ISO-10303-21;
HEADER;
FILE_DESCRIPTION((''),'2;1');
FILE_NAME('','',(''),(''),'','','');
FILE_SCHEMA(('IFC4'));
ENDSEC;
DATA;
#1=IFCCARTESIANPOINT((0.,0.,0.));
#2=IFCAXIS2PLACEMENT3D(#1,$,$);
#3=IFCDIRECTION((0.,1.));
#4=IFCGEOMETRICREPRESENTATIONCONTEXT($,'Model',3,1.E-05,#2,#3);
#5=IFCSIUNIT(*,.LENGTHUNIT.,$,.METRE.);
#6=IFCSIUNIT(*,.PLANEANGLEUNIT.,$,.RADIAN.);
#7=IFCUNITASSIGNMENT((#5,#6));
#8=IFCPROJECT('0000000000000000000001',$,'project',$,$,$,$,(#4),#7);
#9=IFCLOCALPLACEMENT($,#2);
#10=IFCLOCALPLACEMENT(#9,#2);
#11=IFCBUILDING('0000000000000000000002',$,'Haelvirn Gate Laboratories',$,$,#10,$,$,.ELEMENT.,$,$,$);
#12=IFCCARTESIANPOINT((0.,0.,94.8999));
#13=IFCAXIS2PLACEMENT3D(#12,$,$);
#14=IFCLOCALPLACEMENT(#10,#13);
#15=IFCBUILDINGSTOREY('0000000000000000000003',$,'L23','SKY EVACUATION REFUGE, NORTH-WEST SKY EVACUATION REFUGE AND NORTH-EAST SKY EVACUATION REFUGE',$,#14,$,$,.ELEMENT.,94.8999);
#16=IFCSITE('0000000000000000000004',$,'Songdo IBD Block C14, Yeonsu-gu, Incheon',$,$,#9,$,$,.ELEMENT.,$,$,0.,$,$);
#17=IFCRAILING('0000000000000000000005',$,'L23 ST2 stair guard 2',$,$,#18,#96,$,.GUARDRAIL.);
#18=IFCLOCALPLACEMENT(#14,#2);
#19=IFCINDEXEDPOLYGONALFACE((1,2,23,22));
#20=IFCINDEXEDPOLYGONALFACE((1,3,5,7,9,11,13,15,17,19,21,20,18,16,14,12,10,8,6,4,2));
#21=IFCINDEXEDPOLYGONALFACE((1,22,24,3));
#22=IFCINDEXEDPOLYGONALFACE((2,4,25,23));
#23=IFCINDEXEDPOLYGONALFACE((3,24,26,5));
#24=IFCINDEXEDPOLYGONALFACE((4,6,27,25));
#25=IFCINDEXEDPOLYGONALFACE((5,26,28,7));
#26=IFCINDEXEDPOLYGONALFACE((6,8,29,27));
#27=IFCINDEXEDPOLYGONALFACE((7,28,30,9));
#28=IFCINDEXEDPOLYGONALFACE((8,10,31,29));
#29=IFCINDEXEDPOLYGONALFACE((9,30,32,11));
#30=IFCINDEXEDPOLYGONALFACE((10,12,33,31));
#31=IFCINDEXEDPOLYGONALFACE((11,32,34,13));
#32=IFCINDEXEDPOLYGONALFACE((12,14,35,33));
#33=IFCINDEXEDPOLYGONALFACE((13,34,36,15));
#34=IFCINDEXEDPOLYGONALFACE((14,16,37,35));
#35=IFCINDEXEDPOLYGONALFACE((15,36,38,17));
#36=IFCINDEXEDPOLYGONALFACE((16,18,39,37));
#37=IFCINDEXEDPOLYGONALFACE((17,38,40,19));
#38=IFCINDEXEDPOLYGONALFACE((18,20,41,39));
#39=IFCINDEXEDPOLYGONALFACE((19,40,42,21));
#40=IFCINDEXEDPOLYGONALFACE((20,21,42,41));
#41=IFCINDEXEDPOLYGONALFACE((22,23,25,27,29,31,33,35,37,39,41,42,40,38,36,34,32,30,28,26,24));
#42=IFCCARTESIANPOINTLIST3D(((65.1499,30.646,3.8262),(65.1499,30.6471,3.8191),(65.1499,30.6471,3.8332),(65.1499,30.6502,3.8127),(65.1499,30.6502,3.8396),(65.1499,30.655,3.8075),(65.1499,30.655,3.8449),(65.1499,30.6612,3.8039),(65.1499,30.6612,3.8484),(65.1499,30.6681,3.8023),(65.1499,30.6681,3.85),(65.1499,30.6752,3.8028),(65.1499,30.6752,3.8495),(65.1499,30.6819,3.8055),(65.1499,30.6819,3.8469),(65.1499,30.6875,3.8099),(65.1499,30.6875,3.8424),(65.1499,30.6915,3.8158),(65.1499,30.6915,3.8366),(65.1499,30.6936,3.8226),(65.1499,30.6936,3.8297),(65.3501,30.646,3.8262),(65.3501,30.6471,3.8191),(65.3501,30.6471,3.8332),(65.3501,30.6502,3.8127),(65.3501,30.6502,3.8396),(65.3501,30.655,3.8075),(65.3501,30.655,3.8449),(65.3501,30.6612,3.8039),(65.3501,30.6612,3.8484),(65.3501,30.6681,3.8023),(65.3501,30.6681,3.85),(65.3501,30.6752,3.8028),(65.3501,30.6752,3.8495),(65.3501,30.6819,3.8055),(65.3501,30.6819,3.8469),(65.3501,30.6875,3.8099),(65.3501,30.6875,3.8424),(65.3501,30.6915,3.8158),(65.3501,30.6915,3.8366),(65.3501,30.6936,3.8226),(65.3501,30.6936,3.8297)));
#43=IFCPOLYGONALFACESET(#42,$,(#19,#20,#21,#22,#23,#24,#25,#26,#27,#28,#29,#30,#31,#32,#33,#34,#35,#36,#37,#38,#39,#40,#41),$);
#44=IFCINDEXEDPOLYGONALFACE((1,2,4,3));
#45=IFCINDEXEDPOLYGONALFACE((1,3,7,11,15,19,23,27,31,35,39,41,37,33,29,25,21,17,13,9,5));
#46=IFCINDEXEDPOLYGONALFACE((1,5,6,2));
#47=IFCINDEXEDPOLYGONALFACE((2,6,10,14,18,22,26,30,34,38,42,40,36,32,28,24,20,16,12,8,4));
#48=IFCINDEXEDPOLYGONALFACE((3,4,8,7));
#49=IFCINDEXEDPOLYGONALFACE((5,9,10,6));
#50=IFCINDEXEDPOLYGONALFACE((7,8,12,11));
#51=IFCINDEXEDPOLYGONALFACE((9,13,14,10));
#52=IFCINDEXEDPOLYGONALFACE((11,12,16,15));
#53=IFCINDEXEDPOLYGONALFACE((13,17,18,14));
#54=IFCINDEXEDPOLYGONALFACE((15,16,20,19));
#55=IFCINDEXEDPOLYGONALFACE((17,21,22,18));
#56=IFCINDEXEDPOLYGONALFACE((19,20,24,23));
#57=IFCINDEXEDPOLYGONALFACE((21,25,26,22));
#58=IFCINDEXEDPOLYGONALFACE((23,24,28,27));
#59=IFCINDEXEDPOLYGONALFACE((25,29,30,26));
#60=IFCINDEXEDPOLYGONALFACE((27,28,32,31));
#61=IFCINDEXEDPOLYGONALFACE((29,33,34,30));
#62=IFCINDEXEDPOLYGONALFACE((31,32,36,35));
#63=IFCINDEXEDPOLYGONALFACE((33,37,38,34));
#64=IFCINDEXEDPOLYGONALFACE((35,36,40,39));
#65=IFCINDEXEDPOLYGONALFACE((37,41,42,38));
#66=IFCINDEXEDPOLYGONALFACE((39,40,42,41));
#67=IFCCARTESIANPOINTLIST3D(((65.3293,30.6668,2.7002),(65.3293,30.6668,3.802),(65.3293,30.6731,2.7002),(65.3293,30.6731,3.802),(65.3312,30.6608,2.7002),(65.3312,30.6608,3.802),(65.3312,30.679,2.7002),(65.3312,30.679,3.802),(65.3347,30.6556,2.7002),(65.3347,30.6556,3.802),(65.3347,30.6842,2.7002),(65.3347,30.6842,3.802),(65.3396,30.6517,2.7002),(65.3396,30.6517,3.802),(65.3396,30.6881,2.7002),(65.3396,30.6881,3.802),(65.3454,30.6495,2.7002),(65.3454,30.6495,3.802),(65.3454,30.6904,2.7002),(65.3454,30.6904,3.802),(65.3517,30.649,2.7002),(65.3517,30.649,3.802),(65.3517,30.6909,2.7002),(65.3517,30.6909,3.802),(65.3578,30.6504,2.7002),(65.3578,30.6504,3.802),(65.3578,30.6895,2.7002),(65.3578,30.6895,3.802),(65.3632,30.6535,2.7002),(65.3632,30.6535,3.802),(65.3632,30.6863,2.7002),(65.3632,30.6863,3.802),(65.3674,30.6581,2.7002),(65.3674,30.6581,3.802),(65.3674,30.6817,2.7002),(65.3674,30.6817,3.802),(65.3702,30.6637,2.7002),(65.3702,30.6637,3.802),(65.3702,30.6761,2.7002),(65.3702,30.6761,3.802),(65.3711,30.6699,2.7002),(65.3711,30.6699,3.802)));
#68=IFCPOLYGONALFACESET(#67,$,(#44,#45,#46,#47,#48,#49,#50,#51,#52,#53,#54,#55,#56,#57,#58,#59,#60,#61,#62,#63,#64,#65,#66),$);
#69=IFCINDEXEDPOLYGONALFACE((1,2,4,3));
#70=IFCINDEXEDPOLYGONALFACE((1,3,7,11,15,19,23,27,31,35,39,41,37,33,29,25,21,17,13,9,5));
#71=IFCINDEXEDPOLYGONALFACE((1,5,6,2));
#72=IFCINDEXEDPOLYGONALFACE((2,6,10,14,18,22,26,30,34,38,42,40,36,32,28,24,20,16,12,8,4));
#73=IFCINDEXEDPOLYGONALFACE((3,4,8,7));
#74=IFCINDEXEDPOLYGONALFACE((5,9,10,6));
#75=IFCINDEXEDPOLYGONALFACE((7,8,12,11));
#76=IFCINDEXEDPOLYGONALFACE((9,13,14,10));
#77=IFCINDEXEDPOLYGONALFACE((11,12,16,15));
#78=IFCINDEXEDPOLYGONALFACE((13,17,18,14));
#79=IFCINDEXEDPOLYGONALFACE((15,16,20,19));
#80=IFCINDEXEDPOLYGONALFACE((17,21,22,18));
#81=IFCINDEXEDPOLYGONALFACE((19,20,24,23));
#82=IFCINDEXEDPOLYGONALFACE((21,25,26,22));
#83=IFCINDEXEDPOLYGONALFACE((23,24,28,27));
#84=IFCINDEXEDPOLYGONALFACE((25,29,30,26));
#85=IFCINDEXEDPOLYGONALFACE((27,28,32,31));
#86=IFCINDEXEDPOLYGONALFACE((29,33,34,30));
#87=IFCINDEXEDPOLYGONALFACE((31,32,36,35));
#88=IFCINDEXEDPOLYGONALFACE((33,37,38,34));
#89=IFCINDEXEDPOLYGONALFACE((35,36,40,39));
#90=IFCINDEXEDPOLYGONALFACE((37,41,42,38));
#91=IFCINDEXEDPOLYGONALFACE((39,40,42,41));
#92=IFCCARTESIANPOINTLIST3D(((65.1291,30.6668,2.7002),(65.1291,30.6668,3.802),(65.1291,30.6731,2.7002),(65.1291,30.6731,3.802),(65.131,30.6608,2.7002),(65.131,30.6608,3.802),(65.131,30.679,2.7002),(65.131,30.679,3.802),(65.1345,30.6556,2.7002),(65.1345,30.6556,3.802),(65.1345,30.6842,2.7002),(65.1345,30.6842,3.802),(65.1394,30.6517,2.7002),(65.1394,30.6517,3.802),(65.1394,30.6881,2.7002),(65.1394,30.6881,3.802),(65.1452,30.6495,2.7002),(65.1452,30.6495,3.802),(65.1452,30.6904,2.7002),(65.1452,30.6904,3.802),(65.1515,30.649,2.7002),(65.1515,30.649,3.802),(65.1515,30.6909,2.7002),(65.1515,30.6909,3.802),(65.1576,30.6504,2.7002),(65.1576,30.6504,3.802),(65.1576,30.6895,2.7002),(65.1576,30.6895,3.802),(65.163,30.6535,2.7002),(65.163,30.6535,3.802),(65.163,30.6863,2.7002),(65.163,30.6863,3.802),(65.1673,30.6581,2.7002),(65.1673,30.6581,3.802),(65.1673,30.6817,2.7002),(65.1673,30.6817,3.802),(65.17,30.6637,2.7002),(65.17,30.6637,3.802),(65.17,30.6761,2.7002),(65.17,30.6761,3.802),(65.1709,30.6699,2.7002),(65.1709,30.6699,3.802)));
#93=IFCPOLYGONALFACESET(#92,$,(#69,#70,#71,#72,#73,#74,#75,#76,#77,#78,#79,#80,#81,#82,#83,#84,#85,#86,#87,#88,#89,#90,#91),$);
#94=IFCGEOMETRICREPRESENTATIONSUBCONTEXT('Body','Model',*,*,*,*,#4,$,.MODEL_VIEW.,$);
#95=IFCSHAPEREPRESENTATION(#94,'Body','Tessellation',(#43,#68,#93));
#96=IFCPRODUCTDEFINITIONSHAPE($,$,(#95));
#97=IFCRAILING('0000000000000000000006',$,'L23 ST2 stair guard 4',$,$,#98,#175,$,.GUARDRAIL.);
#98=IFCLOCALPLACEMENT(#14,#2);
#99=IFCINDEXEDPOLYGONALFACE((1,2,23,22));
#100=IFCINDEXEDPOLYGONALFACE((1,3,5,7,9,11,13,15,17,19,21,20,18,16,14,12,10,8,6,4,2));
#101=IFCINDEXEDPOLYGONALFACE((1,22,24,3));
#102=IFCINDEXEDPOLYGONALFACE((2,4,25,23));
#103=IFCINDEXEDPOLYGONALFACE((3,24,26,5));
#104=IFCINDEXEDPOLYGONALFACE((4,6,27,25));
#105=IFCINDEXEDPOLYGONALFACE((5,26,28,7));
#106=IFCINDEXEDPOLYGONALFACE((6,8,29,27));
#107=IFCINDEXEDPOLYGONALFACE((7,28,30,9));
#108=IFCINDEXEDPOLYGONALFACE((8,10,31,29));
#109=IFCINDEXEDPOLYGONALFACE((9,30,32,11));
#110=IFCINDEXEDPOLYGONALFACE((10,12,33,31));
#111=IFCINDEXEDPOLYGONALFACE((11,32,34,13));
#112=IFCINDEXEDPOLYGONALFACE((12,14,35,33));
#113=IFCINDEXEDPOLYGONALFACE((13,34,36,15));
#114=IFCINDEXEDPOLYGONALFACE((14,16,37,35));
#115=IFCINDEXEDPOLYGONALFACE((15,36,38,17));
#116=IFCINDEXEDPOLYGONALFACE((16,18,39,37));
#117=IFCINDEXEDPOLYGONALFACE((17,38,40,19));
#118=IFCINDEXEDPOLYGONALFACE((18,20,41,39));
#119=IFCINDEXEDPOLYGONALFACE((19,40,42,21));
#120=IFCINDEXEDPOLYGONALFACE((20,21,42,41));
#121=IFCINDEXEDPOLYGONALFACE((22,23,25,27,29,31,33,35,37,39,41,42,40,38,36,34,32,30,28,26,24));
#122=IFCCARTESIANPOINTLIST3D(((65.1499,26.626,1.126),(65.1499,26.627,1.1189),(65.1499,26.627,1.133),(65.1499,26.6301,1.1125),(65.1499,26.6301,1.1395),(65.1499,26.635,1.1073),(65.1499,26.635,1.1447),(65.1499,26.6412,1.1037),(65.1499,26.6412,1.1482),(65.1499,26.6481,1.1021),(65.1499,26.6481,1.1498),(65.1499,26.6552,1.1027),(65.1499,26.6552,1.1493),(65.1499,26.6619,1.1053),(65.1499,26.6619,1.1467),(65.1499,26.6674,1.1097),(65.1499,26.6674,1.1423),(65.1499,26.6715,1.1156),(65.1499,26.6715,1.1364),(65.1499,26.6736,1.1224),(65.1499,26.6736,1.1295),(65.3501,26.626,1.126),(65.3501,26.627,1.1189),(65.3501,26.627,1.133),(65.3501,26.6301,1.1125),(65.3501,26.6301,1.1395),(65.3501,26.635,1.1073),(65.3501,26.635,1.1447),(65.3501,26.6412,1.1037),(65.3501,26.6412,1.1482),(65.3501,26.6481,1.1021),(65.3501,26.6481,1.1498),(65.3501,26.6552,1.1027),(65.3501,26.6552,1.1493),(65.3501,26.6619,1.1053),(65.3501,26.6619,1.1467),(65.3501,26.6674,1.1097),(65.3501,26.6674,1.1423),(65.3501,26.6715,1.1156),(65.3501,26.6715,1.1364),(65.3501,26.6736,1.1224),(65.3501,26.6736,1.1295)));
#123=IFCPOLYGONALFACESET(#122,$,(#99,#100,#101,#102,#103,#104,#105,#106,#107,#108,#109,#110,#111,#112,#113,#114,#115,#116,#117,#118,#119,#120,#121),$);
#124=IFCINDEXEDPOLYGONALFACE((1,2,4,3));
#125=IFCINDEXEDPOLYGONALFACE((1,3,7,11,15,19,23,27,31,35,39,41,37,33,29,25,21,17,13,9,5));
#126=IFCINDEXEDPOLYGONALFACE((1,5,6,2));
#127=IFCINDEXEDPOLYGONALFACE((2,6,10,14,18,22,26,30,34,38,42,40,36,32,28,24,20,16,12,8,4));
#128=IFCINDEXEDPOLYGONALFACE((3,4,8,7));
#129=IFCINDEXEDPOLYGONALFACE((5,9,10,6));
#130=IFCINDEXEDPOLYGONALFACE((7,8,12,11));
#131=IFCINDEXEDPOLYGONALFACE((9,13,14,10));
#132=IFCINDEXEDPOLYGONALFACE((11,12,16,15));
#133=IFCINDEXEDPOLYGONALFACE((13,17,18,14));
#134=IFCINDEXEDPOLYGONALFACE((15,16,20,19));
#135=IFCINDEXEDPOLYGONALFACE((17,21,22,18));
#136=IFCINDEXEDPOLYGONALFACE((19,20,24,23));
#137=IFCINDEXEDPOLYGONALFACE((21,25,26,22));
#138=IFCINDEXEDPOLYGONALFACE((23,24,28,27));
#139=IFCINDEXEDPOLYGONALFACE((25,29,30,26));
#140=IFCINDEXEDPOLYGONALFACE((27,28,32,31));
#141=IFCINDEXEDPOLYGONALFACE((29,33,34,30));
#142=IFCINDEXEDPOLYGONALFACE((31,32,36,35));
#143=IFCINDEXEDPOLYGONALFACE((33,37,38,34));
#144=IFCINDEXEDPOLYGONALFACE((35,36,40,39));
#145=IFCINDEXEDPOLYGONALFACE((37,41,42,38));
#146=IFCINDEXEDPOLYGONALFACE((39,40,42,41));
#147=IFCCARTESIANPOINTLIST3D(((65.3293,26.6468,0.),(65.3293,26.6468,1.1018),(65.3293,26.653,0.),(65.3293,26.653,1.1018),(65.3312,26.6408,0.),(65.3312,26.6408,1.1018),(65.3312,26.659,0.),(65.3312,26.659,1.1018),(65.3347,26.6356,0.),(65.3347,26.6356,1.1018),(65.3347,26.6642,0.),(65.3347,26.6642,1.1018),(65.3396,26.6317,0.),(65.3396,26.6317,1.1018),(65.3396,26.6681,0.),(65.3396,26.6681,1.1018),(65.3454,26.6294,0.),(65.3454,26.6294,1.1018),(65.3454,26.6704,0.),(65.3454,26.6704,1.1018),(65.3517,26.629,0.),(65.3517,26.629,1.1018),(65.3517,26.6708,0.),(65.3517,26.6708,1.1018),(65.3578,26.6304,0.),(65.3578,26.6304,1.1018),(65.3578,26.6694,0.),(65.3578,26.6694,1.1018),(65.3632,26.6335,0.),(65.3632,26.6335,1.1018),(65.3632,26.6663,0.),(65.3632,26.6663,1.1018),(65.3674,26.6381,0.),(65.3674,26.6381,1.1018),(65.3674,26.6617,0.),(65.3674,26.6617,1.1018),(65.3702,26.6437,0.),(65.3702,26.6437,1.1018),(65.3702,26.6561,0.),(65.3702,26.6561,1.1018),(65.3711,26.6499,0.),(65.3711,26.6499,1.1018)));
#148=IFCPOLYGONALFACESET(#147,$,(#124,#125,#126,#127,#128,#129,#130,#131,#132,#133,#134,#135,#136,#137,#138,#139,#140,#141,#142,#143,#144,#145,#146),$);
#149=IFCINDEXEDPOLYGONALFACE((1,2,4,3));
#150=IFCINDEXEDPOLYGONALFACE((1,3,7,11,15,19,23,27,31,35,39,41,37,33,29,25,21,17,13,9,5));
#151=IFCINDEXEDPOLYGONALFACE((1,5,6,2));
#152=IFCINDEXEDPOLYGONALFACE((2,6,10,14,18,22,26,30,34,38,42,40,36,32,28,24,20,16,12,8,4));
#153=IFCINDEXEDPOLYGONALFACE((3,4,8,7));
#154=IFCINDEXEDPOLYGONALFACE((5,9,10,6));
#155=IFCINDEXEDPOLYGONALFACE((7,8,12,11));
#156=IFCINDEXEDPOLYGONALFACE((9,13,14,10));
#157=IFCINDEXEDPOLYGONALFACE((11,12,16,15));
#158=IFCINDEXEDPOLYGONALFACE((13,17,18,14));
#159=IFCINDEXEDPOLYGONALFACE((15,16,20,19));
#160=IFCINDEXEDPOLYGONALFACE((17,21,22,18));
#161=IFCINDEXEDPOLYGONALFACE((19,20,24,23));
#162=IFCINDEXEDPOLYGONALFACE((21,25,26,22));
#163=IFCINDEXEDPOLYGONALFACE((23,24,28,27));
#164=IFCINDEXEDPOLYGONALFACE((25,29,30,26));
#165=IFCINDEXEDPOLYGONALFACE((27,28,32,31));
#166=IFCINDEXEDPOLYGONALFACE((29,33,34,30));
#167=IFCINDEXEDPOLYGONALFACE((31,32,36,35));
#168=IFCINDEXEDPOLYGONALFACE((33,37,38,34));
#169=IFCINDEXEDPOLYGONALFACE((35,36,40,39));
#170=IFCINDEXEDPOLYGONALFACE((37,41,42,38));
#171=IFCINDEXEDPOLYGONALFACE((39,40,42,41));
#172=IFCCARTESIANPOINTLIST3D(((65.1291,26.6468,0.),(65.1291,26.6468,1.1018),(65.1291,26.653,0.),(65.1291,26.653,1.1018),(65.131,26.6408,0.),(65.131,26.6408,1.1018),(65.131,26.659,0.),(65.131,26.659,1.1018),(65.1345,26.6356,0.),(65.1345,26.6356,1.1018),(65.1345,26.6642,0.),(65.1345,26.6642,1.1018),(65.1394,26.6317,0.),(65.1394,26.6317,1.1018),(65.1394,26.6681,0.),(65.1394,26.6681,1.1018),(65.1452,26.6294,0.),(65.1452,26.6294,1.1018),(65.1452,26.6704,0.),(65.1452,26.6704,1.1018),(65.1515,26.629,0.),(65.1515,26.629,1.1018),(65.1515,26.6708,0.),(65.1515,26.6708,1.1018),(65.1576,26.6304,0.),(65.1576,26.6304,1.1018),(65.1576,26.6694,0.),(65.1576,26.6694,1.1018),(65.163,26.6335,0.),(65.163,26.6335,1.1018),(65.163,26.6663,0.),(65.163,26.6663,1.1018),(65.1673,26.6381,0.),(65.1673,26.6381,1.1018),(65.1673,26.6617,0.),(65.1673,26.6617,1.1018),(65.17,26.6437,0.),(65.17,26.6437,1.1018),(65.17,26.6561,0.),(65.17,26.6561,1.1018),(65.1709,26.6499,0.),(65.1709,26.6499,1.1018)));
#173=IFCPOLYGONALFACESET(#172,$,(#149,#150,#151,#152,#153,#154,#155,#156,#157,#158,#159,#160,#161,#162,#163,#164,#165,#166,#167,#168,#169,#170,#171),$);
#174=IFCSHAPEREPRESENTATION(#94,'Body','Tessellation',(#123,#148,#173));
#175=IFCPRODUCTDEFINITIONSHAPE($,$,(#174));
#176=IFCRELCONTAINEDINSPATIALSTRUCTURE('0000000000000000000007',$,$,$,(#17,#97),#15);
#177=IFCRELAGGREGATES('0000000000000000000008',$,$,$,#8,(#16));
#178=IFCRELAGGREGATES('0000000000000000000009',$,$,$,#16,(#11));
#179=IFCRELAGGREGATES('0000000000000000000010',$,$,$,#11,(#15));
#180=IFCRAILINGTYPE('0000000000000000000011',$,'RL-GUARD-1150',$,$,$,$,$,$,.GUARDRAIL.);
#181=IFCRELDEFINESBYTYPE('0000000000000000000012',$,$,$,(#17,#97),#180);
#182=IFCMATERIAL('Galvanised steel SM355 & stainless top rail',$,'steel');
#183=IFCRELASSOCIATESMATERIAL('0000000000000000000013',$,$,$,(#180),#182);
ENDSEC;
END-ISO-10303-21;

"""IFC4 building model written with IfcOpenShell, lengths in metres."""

from ifc_helpers import new_model, si_unit, direction, frame, origin, origin_2d, place, context, subcontext, project, spatial, circle, extrude, source, transform, mapped, material, type_object, element, save


model = new_model("IFC4")

# Units and contexts
model_context = context("Model", 3, precision=1e-05, world=origin(), true_north=direction((0.0, 1.0)))
body_context = subcontext(model_context, "Body", "Model", "MODEL_VIEW")
ifc_project = project(units=[si_unit("LENGTHUNIT", "METRE"), si_unit("PLANEANGLEUNIT", "RADIAN")], contexts=[model_context])

# Site, building, storey
site_placement = place(None, origin())
site = spatial("IfcSite", under=ifc_project, at=site_placement, Name="Songdo IBD Block C14, Yeonsu-gu, Incheon", CompositionType="ELEMENT", RefElevation=0.0)
building_placement = place(site_placement, origin())
building = spatial("IfcBuilding", under=site, at=building_placement, Name="Haelvirn Gate Laboratories", CompositionType="ELEMENT")
storey_placement = place(building_placement, frame((0.0, 0.0, 94.8999)))
storey = spatial("IfcBuildingStorey", under=building, at=storey_placement, Name="L23", Description="SKY EVACUATION REFUGE, NORTH-WEST SKY EVACUATION REFUGE AND NORTH-EAST SKY EVACUATION REFUGE", CompositionType="ELEMENT", Elevation=94.8999)

# Railings
ifc_material_1 = material(Name="Galvanised steel SM355 & stainless top rail", Category="steel")
railing_type_1 = type_object("IfcRailingType", Name="RL-GUARD-1150", PredefinedType="GUARDRAIL", material=ifc_material_1)
shared_shape_1 = source(origin(), body_context, "Body", "SweptSolid", [
    extrude(circle(Radius=0.0239, at=origin_2d()), frame((0.0, 0.0, 1.126), z_axis=(-1.0, 0.0, 0.0), x_axis=(0.0, -1.0, 0.0)), (0.0, 0.0, 1.0), 0.2002),
    extrude(circle(Radius=0.021, at=origin_2d()), origin(), (0.0, 0.0, 1.0), 1.1018),
    extrude(circle(Radius=0.021, at=origin_2d()), frame((-0.2002, 0.0, 0.0)), (0.0, 0.0, 1.0), 1.1018),
])
for number, where, name in (
    (1, (65.3501, 30.6699, 2.7002), "L23 ST2 stair guard 2"),
    (2, (65.3501, 26.6499, 0.0), "L23 ST2 stair guard 4"),
):
    element("IfcRailing", number, at=place(storey_placement, frame(where)), inside=storey, type_object=railing_type_1, Name=name, PredefinedType="GUARDRAIL", context=body_context, shape_type="MappedRepresentation", body=[
        mapped(shared_shape_1, transform((0.0, 0.0, 0.0), scale=1.0)),
    ])

save(model, "model.ifc")
